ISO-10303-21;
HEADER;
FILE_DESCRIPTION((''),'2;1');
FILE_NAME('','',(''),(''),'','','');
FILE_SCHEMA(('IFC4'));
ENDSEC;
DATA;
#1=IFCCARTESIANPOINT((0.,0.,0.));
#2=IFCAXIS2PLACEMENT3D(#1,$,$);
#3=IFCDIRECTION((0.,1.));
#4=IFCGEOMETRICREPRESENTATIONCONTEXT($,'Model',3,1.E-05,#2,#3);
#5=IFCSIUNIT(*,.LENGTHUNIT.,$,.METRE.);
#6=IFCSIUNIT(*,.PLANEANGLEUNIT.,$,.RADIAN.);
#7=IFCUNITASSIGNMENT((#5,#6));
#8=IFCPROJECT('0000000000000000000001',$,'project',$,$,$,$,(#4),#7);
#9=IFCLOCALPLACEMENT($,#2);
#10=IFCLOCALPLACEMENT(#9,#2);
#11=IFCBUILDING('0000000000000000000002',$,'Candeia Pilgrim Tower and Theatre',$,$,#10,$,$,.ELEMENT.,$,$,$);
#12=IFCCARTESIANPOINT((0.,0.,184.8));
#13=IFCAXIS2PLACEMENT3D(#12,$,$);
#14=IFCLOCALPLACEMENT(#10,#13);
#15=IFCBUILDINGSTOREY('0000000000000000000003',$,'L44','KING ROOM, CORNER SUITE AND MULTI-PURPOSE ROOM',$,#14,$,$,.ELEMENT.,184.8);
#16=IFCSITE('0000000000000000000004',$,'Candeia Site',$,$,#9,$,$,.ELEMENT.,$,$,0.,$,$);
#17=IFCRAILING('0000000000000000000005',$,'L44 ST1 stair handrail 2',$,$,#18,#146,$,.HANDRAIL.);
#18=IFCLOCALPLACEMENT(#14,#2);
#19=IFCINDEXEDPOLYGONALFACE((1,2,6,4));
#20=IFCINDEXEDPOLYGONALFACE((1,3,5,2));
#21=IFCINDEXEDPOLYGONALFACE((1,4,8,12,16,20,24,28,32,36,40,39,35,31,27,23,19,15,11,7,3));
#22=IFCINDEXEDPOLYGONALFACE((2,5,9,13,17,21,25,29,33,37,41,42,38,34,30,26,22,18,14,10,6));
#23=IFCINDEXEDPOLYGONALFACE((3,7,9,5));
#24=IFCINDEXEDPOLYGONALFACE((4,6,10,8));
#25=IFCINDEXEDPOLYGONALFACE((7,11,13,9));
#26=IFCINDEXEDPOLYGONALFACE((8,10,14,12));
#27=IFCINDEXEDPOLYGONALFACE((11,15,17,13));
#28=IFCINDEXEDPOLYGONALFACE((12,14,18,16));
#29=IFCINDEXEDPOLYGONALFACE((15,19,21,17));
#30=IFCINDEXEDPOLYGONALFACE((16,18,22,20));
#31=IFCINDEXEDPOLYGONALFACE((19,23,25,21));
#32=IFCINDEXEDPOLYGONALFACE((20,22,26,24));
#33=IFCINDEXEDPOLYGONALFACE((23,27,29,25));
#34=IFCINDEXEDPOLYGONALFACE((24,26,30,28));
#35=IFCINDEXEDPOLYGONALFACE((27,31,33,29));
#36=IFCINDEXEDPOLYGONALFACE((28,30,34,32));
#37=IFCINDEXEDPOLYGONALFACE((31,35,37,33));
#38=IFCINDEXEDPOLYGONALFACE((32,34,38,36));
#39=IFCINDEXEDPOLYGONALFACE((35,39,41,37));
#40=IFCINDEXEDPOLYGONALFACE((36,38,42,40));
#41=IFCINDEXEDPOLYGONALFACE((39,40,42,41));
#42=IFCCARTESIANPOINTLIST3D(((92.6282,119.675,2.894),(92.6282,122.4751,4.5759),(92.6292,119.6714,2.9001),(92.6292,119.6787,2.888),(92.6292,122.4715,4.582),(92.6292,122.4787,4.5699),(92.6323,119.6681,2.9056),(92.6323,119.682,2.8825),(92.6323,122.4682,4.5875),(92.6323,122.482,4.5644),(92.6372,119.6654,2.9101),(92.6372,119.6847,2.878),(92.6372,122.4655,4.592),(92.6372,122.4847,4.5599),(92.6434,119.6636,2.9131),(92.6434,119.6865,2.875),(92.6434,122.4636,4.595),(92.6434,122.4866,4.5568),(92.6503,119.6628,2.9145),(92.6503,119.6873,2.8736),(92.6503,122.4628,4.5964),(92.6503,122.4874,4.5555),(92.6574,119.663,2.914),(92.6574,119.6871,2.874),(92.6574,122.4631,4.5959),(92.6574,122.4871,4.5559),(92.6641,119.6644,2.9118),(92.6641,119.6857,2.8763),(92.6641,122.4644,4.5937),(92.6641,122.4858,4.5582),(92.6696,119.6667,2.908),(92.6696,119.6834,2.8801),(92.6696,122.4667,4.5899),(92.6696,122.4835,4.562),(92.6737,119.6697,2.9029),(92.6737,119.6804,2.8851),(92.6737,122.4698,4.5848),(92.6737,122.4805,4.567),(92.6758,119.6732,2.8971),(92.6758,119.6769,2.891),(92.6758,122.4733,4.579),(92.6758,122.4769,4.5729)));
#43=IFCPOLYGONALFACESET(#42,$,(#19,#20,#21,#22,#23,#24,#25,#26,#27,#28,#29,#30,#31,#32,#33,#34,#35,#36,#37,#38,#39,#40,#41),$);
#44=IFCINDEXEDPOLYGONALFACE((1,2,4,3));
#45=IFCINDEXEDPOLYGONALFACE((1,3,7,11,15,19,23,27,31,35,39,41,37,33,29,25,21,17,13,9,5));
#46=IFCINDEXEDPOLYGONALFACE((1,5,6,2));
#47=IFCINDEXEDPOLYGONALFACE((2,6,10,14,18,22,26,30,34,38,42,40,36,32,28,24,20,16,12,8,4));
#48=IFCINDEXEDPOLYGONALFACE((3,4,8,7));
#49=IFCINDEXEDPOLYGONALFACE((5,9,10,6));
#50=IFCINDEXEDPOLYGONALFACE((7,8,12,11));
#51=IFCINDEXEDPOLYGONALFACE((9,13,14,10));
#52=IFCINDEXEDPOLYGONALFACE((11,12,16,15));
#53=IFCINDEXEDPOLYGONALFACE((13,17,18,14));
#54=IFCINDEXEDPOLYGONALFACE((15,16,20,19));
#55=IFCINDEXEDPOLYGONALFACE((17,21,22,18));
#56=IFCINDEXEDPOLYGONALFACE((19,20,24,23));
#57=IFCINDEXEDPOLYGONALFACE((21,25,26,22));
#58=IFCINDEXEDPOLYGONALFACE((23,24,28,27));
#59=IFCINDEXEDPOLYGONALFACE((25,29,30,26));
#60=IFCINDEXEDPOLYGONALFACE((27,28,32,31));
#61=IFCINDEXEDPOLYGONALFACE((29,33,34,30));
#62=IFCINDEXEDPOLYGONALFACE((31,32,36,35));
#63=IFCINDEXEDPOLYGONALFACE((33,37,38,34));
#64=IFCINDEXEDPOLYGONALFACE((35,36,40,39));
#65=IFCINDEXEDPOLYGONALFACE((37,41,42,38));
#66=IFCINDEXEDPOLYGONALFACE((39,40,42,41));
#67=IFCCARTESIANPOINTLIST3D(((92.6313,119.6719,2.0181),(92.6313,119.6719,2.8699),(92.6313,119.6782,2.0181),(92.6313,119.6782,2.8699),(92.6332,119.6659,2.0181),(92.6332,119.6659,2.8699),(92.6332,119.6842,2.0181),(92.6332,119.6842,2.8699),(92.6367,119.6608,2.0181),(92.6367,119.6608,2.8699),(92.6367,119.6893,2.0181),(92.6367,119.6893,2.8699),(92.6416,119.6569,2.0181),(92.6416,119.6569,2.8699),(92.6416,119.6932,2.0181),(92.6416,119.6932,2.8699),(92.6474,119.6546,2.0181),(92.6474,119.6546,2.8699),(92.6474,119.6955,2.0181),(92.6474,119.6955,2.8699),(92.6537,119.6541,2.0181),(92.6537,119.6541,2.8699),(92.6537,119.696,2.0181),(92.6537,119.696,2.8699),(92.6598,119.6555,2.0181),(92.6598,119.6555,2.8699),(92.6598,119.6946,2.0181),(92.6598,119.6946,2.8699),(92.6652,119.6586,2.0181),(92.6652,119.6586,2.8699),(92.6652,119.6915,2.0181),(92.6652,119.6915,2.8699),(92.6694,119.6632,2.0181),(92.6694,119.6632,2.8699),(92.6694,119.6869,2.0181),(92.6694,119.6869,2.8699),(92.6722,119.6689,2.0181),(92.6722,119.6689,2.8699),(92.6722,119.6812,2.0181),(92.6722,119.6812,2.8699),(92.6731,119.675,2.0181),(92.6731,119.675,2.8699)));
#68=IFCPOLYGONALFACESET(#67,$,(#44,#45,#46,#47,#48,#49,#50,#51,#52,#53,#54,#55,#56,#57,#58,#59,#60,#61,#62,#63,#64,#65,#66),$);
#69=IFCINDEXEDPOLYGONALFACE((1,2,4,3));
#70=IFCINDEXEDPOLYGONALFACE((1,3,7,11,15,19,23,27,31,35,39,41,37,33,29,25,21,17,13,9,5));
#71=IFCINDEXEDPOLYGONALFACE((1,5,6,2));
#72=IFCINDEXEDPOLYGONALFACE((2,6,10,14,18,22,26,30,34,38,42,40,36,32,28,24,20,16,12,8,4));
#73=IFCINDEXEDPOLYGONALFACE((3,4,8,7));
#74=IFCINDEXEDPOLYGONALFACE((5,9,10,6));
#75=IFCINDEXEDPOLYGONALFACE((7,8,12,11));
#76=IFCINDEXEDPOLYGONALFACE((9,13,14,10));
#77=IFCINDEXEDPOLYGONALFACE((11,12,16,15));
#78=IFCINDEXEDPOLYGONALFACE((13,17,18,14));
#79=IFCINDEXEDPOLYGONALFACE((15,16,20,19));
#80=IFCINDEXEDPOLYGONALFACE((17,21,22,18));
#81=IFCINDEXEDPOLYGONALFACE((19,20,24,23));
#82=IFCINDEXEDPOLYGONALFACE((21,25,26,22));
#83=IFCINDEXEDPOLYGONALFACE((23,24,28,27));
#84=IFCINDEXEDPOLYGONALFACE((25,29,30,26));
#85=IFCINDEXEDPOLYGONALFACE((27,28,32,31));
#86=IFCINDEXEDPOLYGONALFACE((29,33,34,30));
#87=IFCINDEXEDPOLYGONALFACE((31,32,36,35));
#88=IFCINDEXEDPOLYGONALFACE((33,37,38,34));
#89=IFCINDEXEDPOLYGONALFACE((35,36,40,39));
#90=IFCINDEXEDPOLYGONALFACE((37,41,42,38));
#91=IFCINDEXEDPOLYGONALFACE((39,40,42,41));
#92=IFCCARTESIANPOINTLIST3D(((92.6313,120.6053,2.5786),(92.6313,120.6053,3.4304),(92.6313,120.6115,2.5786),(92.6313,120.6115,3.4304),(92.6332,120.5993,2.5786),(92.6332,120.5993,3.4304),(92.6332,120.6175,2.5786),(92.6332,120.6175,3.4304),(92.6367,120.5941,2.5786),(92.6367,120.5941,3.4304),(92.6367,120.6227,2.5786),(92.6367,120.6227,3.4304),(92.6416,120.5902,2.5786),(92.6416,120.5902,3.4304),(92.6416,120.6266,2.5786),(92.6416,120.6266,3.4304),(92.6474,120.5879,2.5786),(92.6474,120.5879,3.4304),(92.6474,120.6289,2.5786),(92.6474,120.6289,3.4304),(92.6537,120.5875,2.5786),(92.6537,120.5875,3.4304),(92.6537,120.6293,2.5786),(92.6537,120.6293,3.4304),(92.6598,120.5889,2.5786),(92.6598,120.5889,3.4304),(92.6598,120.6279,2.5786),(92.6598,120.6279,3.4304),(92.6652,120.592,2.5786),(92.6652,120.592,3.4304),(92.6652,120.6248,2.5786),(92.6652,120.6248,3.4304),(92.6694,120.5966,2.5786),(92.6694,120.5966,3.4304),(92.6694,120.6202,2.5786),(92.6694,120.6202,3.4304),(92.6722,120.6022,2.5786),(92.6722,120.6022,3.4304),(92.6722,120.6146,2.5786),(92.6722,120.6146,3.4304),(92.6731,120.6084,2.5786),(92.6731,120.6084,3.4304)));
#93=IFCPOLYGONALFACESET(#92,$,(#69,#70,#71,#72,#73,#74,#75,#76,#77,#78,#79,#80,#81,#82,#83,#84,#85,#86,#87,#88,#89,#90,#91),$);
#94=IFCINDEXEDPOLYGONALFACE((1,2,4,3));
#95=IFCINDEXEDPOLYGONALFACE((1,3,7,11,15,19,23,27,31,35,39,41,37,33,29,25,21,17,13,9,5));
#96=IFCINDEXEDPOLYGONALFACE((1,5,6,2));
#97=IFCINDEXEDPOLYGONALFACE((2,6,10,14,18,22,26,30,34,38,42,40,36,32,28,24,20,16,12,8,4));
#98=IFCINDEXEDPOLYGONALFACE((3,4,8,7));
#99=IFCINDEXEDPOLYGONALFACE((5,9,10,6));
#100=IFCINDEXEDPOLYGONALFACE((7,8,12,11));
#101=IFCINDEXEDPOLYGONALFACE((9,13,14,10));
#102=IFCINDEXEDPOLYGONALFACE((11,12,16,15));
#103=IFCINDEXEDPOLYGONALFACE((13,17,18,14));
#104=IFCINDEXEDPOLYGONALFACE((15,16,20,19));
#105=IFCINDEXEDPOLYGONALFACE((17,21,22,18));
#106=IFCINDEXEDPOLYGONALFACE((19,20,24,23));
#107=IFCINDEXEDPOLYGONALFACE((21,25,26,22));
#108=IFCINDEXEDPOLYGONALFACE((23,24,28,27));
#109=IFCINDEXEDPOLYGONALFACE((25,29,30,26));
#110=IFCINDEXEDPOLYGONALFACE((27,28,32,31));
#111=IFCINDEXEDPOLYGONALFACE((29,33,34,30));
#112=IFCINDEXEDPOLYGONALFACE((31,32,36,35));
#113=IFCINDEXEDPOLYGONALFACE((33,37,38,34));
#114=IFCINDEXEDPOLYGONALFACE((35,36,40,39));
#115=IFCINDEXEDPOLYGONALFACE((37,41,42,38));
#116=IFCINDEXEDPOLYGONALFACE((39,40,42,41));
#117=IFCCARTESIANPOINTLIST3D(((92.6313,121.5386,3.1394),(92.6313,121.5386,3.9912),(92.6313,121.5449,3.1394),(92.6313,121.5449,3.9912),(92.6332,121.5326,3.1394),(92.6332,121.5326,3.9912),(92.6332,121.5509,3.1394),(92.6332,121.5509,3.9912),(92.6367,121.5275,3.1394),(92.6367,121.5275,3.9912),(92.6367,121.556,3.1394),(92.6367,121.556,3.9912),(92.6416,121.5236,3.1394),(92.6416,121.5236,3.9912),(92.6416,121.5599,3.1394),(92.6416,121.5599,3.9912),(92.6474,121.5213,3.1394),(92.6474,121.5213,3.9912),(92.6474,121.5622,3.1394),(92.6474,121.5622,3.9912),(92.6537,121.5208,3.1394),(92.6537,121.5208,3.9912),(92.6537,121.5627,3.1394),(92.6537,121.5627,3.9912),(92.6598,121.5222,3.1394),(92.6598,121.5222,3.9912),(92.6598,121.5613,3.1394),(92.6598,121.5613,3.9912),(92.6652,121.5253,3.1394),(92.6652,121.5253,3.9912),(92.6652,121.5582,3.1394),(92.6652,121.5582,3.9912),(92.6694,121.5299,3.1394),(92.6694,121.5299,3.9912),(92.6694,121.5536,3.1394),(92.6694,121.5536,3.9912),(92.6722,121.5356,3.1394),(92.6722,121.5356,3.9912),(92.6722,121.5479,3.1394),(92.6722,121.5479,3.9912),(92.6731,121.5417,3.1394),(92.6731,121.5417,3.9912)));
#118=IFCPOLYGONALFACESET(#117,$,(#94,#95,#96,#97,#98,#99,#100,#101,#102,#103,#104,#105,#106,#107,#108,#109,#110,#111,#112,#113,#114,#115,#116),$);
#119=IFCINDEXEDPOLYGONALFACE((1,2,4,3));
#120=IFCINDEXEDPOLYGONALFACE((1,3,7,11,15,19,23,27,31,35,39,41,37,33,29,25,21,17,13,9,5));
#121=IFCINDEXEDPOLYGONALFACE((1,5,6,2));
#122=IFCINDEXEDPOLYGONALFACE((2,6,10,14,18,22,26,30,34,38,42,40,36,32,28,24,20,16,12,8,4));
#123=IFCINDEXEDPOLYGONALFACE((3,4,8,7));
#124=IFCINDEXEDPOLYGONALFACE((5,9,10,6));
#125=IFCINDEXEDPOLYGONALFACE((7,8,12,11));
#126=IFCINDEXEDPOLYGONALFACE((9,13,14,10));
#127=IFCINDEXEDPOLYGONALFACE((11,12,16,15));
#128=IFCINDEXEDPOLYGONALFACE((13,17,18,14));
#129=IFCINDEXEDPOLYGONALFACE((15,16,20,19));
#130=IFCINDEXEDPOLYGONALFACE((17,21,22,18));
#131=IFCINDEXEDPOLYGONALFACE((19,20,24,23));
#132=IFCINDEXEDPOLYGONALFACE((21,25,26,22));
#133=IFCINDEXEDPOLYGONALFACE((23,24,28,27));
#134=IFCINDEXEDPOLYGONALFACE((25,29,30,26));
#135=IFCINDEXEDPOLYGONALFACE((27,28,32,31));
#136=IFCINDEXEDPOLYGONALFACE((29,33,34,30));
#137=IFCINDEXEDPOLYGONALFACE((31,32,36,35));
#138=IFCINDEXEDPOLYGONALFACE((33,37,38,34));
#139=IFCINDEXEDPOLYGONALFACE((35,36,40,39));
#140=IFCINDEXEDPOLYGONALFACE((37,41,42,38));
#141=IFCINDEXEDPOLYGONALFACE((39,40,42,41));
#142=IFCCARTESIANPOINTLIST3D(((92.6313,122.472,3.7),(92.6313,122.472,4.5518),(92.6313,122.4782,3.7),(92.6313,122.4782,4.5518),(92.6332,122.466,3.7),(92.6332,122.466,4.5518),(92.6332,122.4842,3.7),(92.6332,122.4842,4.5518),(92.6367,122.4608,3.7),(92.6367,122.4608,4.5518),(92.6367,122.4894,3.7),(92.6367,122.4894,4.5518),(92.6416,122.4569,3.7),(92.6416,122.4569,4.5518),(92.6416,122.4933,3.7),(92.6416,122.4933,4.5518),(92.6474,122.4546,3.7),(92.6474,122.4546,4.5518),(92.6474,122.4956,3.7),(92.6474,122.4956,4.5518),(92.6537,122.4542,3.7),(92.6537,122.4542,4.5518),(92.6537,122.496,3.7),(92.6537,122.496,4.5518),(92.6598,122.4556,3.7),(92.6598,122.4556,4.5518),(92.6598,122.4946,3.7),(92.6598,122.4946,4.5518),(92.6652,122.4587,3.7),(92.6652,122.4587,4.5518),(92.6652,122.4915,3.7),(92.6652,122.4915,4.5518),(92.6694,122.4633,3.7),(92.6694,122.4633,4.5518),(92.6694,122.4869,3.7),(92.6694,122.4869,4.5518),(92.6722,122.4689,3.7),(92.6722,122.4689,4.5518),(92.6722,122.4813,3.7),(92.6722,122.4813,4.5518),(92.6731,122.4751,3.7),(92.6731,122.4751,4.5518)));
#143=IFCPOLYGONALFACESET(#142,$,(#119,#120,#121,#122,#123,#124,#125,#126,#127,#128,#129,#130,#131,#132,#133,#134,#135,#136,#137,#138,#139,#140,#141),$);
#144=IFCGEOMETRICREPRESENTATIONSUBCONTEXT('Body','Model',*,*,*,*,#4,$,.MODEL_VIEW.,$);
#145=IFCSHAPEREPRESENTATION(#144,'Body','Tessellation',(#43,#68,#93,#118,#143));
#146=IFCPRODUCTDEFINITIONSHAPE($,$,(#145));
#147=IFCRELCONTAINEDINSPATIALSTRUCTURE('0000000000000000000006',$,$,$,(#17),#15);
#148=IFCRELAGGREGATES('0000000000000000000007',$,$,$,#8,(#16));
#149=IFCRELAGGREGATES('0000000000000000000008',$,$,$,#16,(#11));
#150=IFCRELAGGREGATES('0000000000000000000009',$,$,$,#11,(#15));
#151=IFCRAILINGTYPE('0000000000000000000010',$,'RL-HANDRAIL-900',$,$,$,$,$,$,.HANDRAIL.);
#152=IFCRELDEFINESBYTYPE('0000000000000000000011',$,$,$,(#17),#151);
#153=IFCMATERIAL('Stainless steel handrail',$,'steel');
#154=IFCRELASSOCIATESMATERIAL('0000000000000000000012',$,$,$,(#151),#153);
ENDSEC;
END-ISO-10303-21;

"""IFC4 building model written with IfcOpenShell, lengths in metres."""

from ifc_helpers import new_model, si_unit, direction, frame, origin, origin_2d, place, context, subcontext, project, spatial, circle, extrude, material, type_object, element, save


model = new_model("IFC4")

# Units and contexts
model_context = context("Model", 3, precision=1e-05, world=origin(), true_north=direction((0.0, 1.0)))
body_context = subcontext(model_context, "Body", "Model", "MODEL_VIEW")
ifc_project = project(units=[si_unit("LENGTHUNIT", "METRE"), si_unit("PLANEANGLEUNIT", "RADIAN")], contexts=[model_context])

# Site, building, storey
site_placement = place(None, origin())
site = spatial("IfcSite", under=ifc_project, at=site_placement, Name="Candeia Site", CompositionType="ELEMENT", RefElevation=0.0)
building_placement = place(site_placement, origin())
building = spatial("IfcBuilding", under=site, at=building_placement, Name="Candeia Pilgrim Tower and Theatre", CompositionType="ELEMENT")
storey_placement = place(building_placement, frame((0.0, 0.0, 184.8)))
storey = spatial("IfcBuildingStorey", under=building, at=storey_placement, Name="L44", Description="KING ROOM, CORNER SUITE AND MULTI-PURPOSE ROOM", CompositionType="ELEMENT", Elevation=184.8)

# Railing
ifc_material_1 = material(Name="Stainless steel handrail", Category="steel")
railing_type_1 = type_object("IfcRailingType", Name="RL-HANDRAIL-900", PredefinedType="HANDRAIL", material=ifc_material_1)
railing_1_placement = place(storey_placement, frame((92.6521, 119.675, 2.0181)))
element("IfcRailing", 1, at=railing_1_placement, inside=storey, type_object=railing_type_1, Name="L44 ST1 stair handrail 2", PredefinedType="HANDRAIL", context=body_context, shape_type="SweptSolid", body=[
    extrude(circle(Radius=0.0239, at=origin_2d()), frame((0.0, 0.0, 0.876), z_axis=(0.0, 0.857242, 0.514913), x_axis=(-1.0, 0.0, 0.0)), (0.0, 0.0, 1.0), 3.2664),
    extrude(circle(Radius=0.021, at=origin_2d()), origin(), (0.0, 0.0, 1.0), 0.8518),
    extrude(circle(Radius=0.021, at=origin_2d()), frame((0.0, 0.9333, 0.5605)), (0.0, 0.0, 1.0), 0.8518),
    extrude(circle(Radius=0.021, at=origin_2d()), frame((0.0, 1.8667, 1.1213)), (0.0, 0.0, 1.0), 0.8518),
    extrude(circle(Radius=0.021, at=origin_2d()), frame((0.0, 2.8, 1.6819)), (0.0, 0.0, 1.0), 0.8518),
])

save(model, "model.ifc")
